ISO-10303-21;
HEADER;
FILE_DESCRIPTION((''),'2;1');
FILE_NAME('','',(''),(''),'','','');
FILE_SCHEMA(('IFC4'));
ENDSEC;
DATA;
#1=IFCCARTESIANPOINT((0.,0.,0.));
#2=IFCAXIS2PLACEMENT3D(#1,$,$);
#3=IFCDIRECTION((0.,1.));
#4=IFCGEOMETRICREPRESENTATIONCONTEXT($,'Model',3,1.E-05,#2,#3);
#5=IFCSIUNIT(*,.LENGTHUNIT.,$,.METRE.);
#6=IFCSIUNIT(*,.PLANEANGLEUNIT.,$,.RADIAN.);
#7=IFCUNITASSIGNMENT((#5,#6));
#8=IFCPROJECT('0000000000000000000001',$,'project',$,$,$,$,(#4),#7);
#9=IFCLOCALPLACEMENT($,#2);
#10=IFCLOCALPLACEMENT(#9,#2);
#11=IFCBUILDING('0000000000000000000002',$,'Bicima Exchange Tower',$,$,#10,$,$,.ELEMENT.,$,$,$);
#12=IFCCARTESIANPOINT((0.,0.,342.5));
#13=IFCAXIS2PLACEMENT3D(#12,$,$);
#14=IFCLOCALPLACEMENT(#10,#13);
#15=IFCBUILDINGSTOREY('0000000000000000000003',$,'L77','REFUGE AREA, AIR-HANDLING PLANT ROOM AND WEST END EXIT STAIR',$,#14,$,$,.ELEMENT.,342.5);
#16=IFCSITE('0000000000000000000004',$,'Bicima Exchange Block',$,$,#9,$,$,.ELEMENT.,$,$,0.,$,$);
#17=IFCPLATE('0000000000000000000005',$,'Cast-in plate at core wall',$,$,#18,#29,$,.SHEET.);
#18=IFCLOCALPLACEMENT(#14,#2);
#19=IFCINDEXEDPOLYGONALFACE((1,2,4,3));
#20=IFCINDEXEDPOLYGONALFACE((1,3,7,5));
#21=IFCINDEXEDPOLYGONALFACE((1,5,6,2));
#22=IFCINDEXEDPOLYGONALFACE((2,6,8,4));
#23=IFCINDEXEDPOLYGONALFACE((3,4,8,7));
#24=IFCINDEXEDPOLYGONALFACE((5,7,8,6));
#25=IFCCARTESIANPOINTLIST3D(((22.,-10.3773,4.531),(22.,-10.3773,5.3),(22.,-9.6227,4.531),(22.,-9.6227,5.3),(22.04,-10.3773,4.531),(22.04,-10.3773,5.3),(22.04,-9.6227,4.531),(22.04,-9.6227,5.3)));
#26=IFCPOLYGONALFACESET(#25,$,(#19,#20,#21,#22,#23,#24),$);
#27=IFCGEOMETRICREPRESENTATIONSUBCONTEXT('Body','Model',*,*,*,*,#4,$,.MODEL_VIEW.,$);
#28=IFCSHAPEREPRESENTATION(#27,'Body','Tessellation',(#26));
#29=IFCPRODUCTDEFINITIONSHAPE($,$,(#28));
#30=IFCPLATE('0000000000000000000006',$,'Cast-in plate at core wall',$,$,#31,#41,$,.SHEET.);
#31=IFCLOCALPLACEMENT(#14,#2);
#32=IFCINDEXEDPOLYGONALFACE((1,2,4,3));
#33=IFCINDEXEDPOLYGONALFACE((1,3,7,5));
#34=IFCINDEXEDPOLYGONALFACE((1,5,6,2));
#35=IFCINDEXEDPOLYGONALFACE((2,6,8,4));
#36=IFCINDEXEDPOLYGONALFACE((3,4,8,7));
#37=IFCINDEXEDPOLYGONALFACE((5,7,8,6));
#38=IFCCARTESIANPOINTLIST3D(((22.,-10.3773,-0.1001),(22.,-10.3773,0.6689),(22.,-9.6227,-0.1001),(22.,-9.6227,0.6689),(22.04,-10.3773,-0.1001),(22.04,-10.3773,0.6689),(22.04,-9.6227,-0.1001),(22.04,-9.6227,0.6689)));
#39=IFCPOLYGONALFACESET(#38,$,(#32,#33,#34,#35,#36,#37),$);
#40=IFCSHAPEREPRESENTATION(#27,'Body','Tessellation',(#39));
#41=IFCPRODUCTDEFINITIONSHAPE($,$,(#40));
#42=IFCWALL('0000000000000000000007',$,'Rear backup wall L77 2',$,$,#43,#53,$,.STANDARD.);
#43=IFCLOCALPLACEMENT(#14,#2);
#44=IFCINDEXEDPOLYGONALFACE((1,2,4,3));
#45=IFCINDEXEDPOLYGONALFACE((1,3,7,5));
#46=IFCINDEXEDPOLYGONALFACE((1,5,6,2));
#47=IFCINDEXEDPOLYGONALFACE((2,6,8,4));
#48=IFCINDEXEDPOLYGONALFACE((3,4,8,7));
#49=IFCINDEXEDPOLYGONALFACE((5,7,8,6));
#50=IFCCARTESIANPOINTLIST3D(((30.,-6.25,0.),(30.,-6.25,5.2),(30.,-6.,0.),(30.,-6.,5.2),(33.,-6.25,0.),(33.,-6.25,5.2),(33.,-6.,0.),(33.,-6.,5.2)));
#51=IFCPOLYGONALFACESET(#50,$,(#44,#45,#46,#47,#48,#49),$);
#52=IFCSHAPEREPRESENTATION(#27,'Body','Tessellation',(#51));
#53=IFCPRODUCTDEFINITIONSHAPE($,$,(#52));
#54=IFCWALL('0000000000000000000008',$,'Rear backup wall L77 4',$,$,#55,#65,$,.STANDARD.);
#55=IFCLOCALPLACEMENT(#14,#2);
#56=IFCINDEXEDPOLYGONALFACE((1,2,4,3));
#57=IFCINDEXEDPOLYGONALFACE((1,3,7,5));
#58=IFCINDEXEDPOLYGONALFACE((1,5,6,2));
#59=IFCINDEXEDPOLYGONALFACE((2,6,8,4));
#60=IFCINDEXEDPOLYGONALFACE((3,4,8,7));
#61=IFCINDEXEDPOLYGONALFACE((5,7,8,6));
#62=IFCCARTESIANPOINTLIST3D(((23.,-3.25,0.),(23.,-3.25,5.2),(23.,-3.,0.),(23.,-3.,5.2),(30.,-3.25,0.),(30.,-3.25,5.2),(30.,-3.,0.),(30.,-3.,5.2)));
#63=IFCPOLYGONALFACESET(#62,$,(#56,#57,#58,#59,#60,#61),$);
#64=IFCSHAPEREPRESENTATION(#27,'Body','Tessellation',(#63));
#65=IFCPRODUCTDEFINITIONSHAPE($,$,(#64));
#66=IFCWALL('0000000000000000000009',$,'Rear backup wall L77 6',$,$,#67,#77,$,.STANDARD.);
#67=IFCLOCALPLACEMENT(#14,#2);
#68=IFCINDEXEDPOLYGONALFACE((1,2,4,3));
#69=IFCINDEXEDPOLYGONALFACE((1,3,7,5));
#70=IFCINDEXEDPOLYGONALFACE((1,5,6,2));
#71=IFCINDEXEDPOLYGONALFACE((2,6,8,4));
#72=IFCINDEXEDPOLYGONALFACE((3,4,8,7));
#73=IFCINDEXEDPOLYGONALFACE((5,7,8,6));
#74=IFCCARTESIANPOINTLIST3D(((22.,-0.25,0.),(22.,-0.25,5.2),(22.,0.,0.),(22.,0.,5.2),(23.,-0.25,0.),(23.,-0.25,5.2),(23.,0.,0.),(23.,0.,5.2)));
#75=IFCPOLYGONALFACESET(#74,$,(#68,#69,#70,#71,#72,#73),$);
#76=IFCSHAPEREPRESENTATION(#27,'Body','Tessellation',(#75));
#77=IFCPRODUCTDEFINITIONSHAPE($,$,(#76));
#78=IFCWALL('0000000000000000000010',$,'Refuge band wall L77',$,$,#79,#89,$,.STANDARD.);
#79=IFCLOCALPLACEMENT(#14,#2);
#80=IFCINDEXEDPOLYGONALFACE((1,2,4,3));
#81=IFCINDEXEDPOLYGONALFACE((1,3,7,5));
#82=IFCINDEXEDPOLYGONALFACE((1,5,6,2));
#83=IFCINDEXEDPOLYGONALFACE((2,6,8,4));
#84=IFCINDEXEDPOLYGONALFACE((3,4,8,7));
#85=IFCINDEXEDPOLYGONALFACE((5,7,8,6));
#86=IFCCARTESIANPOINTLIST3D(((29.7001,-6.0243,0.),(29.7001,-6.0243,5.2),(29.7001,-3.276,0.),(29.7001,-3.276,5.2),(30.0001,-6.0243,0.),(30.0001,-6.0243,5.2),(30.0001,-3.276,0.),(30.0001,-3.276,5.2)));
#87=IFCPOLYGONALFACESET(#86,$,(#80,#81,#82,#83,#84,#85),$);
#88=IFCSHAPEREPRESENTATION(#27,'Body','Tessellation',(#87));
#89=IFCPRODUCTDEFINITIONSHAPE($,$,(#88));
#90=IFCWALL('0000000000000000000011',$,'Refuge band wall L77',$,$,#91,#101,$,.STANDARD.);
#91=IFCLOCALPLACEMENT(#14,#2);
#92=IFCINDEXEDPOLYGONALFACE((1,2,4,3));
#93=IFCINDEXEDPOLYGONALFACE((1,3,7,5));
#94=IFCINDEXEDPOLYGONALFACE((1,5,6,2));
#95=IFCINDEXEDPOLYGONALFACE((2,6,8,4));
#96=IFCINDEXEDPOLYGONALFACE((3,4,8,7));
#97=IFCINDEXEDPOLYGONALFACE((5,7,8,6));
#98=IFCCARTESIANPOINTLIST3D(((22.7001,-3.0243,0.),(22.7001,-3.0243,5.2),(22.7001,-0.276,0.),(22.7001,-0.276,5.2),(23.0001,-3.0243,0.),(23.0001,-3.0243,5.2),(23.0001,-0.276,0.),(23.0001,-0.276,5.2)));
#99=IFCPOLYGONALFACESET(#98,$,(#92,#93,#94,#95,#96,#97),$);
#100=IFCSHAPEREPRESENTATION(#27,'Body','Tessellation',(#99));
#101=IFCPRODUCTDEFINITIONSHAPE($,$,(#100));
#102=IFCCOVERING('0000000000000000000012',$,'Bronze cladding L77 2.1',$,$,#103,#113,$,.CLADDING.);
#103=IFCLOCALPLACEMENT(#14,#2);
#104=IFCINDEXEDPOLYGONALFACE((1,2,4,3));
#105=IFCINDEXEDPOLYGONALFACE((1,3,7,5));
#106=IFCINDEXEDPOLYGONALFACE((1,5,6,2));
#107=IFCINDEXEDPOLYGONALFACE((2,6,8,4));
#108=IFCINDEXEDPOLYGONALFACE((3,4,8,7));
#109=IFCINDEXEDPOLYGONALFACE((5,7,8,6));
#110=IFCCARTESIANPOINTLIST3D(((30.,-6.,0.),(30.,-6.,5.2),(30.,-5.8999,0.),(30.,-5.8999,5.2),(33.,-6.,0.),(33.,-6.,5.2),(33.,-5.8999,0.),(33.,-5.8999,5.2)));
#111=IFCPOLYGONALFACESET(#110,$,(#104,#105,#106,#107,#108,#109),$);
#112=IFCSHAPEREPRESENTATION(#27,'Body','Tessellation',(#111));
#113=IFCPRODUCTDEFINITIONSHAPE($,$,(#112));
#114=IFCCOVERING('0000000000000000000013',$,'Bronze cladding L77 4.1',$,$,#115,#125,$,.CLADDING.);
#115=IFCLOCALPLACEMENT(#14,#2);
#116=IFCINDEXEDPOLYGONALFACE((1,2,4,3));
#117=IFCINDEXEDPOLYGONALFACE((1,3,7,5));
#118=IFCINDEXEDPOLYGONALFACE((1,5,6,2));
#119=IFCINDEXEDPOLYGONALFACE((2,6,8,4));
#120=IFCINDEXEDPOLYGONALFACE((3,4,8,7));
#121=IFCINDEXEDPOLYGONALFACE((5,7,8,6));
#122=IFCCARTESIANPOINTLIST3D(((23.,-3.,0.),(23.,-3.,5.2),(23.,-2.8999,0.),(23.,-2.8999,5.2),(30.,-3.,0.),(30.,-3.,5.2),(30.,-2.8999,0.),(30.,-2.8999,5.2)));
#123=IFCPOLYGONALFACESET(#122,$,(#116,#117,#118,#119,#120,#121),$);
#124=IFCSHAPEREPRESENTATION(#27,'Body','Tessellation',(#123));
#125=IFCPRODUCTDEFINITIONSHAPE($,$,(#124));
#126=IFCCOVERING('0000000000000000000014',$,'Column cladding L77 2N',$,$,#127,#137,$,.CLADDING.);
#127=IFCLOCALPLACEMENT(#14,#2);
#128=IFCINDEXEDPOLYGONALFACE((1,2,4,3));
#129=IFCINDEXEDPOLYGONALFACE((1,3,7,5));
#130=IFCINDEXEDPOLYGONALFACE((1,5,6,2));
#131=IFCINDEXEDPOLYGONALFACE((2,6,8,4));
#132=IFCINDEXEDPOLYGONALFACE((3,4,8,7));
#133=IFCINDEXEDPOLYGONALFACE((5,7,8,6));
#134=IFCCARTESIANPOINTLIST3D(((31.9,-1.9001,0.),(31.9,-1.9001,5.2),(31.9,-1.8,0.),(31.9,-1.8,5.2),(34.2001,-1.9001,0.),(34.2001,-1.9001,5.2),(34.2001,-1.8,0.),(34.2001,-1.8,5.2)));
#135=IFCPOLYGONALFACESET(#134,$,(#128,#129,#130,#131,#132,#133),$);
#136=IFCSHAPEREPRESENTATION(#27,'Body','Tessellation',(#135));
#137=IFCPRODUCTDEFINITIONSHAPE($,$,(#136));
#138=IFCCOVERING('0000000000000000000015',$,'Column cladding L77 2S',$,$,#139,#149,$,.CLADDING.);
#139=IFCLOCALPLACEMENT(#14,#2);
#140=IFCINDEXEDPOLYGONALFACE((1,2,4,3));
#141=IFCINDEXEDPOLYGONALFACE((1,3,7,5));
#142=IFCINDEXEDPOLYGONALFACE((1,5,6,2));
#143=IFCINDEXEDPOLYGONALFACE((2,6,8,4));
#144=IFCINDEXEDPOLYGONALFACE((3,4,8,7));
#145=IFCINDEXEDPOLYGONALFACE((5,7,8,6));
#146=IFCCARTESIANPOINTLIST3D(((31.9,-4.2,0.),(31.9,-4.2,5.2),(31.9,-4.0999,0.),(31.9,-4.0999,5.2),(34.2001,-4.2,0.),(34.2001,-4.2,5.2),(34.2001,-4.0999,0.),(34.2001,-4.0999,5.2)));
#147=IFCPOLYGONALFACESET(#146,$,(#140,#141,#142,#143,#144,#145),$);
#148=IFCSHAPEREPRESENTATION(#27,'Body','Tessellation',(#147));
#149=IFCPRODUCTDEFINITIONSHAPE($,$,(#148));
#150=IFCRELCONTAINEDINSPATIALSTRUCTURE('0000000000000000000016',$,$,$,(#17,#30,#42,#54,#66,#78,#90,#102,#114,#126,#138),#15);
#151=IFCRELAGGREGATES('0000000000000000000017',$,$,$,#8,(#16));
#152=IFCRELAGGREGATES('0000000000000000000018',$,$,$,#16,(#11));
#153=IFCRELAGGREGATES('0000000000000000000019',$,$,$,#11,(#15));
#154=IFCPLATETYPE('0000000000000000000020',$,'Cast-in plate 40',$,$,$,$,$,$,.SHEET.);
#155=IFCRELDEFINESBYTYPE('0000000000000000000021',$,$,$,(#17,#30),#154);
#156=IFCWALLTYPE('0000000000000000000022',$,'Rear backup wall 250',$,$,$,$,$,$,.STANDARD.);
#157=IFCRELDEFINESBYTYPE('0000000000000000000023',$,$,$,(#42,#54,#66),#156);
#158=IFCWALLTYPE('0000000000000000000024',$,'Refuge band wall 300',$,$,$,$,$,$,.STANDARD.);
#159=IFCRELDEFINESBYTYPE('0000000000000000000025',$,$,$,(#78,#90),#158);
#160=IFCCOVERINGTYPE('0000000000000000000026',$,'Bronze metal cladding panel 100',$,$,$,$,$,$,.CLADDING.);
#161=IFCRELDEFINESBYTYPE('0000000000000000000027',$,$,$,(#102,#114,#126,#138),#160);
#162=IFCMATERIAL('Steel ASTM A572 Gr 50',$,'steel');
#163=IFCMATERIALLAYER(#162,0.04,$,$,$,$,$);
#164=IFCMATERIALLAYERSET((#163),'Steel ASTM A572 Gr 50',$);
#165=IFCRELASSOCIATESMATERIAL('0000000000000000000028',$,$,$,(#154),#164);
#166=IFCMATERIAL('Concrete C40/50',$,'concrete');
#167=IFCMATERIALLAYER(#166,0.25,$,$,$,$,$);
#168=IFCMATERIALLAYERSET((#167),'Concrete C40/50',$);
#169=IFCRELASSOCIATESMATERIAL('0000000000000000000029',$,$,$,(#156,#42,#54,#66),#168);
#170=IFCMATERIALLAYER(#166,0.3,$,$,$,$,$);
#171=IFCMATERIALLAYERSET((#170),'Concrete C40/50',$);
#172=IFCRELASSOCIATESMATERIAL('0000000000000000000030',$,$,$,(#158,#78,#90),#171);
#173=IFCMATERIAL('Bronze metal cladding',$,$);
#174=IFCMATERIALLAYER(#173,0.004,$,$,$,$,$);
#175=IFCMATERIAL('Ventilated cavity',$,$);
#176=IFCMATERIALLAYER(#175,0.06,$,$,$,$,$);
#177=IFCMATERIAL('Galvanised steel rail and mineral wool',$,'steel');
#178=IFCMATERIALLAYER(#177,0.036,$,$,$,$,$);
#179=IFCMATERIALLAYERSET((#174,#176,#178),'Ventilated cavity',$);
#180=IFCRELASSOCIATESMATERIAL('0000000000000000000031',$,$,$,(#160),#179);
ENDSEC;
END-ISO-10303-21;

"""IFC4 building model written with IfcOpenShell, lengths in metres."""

from ifc_helpers import new_model, si_unit, direction, frame, frame_2d, origin, origin_2d, place, context, subcontext, project, spatial, rectangle, extrude, material, layer, layer_set, layer_usage, type_object, element, save


model = new_model("IFC4")

# Units and contexts
model_context = context("Model", 3, precision=1e-05, world=origin(), true_north=direction((0.0, 1.0)))
body_context = subcontext(model_context, "Body", "Model", "MODEL_VIEW")
ifc_project = project(units=[si_unit("LENGTHUNIT", "METRE"), si_unit("PLANEANGLEUNIT", "RADIAN")], contexts=[model_context])

# Site, building, storey
site_placement = place(None, origin())
site = spatial("IfcSite", under=ifc_project, at=site_placement, Name="Bicima Exchange Block", CompositionType="ELEMENT", RefElevation=0.0)
building_placement = place(site_placement, origin())
building = spatial("IfcBuilding", under=site, at=building_placement, Name="Bicima Exchange Tower", CompositionType="ELEMENT")
storey_placement = place(building_placement, frame((0.0, 0.0, 342.5)))
storey = spatial("IfcBuildingStorey", under=building, at=storey_placement, Name="L77", Description="REFUGE AREA, AIR-HANDLING PLANT ROOM AND WEST END EXIT STAIR", CompositionType="ELEMENT", Elevation=342.5)

# Shared definitions
ifc_material_1 = material(Name="Steel ASTM A572 Gr 50", Category="steel")

# Plates
ifc_layer_1 = layer(ifc_material_1, 0.04)
ifc_layer_set_1 = layer_set([ifc_layer_1], Name="Steel ASTM A572 Gr 50")
plate_type = type_object("IfcPlateType", Name="Cast-in plate 40", PredefinedType="SHEET", material=ifc_layer_set_1)
for number, where, z_axis, x_axis, name in (
    (1, (22.02, -10.0, 4.531), (0.0, 0.0, 1.0), (1.0, 0.0, 0.0), "Cast-in plate at core wall"),
    (2, (22.02, -10.0, -0.1001), (0.0, 0.0, 1.0), (1.0, 0.0, 0.0), "Cast-in plate at core wall"),
):
    element("IfcPlate", number, at=place(storey_placement, frame(where, z_axis=z_axis, x_axis=x_axis)), inside=storey, type_object=plate_type, Name=name, PredefinedType="SHEET", context=body_context, shape_type="SweptSolid", body=[
        extrude(rectangle(XDim=0.04, YDim=0.7546, at=origin_2d()), origin(), (0.0, 0.0, 1.0), 0.769),
    ])

# Walls
ifc_material_2 = material(Name="Concrete C40/50", Category="concrete")
ifc_layer_2 = layer(ifc_material_2, 0.25)
ifc_layer_set_2 = layer_set([ifc_layer_2], Name="Concrete C40/50")
ifc_layer_usage_1 = layer_usage(ifc_layer_set_2, "AXIS2", "POSITIVE", -0.125)
wall_type_1 = type_object("IfcWallType", Name="Rear backup wall 250", PredefinedType="STANDARD", material=ifc_layer_set_2)
wall_1_placement = place(storey_placement, frame((33.0, -6.125, 0.0), z_axis=(0.0, 0.0, 1.0), x_axis=(-1.0, 0.0, 0.0)))
element("IfcWall", 3, at=wall_1_placement, inside=storey, type_object=wall_type_1, material=ifc_layer_usage_1, Name="Rear backup wall L77 2", PredefinedType="STANDARD", context=body_context, shape_type="SweptSolid", body=[
    extrude(rectangle(XDim=3.0, YDim=0.25, at=frame_2d((1.5, 0.0))), origin(), (0.0, 0.0, 1.0), 5.2),
])
wall_2_placement = place(storey_placement, frame((30.0, -3.125, 0.0), z_axis=(0.0, 0.0, 1.0), x_axis=(-1.0, 0.0, 0.0)))
element("IfcWall", 4, at=wall_2_placement, inside=storey, type_object=wall_type_1, material=ifc_layer_usage_1, Name="Rear backup wall L77 4", PredefinedType="STANDARD", context=body_context, shape_type="SweptSolid", body=[
    extrude(rectangle(XDim=7.0, YDim=0.25, at=frame_2d((3.5, 0.0))), origin(), (0.0, 0.0, 1.0), 5.2),
])
wall_3_placement = place(storey_placement, frame((23.0, -0.125, 0.0), z_axis=(0.0, 0.0, 1.0), x_axis=(-1.0, 0.0, 0.0)))
element("IfcWall", 5, at=wall_3_placement, inside=storey, type_object=wall_type_1, material=ifc_layer_usage_1, Name="Rear backup wall L77 6", PredefinedType="STANDARD", context=body_context, shape_type="SweptSolid", body=[
    extrude(rectangle(XDim=1.0, YDim=0.25, at=frame_2d((0.5, 0.0))), origin(), (0.0, 0.0, 1.0), 5.2),
])
ifc_layer_3 = layer(ifc_material_2, 0.3)
ifc_layer_set_3 = layer_set([ifc_layer_3], Name="Concrete C40/50")
ifc_layer_usage_2 = layer_usage(ifc_layer_set_3, "AXIS2", "POSITIVE", -0.15)
wall_type_2 = type_object("IfcWallType", Name="Refuge band wall 300", PredefinedType="STANDARD", material=ifc_layer_set_3)
for number, where, z_axis, x_axis, name in (
    (6, (29.8501, -6.0242, 0.0), (0.0, 0.0, 1.0), (0.0, 1.0, 0.0), "Refuge band wall L77"),
    (7, (22.8501, -3.0242, 0.0), (0.0, 0.0, 1.0), (0.0, 1.0, 0.0), "Refuge band wall L77"),
):
    element("IfcWall", number, at=place(storey_placement, frame(where, z_axis=z_axis, x_axis=x_axis)), inside=storey, type_object=wall_type_2, material=ifc_layer_usage_2, Name=name, PredefinedType="STANDARD", context=body_context, shape_type="SweptSolid", body=[
        extrude(rectangle(XDim=2.7483, YDim=0.3, at=frame_2d((1.374, 0.0))), origin(), (0.0, 0.0, 1.0), 5.2),
    ])

# Coverings
ifc_material_3 = material(Name="Bronze metal cladding")
ifc_layer_4 = layer(ifc_material_3, 0.004)
ifc_material_4 = material(Name="Ventilated cavity")
ifc_layer_5 = layer(ifc_material_4, 0.06)
ifc_material_5 = material(Name="Galvanised steel rail and mineral wool", Category="steel")
ifc_layer_6 = layer(ifc_material_5, 0.036)
ifc_layer_set_4 = layer_set([ifc_layer_4, ifc_layer_5, ifc_layer_6], Name="Ventilated cavity")
covering_type = type_object("IfcCoveringType", Name="Bronze metal cladding panel 100", PredefinedType="CLADDING", material=ifc_layer_set_4)
covering_1_placement = place(storey_placement, frame((31.5, -5.95, 0.0), z_axis=(0.0, 0.0, 1.0), x_axis=(-1.0, 0.0, 0.0)))
element("IfcCovering", 8, at=covering_1_placement, inside=storey, type_object=covering_type, Name="Bronze cladding L77 2.1", PredefinedType="CLADDING", context=body_context, shape_type="SweptSolid", body=[
    extrude(rectangle(XDim=3.0, YDim=0.1001, at=origin_2d()), origin(), (0.0, 0.0, 1.0), 5.2),
])
covering_2_placement = place(storey_placement, frame((26.5, -2.95, 0.0), z_axis=(0.0, 0.0, 1.0), x_axis=(-1.0, 0.0, 0.0)))
element("IfcCovering", 9, at=covering_2_placement, inside=storey, type_object=covering_type, Name="Bronze cladding L77 4.1", PredefinedType="CLADDING", context=body_context, shape_type="SweptSolid", body=[
    extrude(rectangle(XDim=7.0, YDim=0.1001, at=origin_2d()), origin(), (0.0, 0.0, 1.0), 5.2),
])
for number, where, z_axis, x_axis, name in (
    (10, (33.05, -1.8501, 0.0), (0.0, 0.0, 1.0), (1.0, 0.0, 0.0), "Column cladding L77 2N"),
    (11, (33.05, -4.1499, 0.0), (0.0, 0.0, 1.0), (1.0, 0.0, 0.0), "Column cladding L77 2S"),
):
    element("IfcCovering", number, at=place(storey_placement, frame(where, z_axis=z_axis, x_axis=x_axis)), inside=storey, type_object=covering_type, Name=name, PredefinedType="CLADDING", context=body_context, shape_type="SweptSolid", body=[
        extrude(rectangle(XDim=2.3, YDim=0.1001, at=origin_2d()), origin(), (0.0, 0.0, 1.0), 5.2),
    ])

save(model, "model.ifc")
